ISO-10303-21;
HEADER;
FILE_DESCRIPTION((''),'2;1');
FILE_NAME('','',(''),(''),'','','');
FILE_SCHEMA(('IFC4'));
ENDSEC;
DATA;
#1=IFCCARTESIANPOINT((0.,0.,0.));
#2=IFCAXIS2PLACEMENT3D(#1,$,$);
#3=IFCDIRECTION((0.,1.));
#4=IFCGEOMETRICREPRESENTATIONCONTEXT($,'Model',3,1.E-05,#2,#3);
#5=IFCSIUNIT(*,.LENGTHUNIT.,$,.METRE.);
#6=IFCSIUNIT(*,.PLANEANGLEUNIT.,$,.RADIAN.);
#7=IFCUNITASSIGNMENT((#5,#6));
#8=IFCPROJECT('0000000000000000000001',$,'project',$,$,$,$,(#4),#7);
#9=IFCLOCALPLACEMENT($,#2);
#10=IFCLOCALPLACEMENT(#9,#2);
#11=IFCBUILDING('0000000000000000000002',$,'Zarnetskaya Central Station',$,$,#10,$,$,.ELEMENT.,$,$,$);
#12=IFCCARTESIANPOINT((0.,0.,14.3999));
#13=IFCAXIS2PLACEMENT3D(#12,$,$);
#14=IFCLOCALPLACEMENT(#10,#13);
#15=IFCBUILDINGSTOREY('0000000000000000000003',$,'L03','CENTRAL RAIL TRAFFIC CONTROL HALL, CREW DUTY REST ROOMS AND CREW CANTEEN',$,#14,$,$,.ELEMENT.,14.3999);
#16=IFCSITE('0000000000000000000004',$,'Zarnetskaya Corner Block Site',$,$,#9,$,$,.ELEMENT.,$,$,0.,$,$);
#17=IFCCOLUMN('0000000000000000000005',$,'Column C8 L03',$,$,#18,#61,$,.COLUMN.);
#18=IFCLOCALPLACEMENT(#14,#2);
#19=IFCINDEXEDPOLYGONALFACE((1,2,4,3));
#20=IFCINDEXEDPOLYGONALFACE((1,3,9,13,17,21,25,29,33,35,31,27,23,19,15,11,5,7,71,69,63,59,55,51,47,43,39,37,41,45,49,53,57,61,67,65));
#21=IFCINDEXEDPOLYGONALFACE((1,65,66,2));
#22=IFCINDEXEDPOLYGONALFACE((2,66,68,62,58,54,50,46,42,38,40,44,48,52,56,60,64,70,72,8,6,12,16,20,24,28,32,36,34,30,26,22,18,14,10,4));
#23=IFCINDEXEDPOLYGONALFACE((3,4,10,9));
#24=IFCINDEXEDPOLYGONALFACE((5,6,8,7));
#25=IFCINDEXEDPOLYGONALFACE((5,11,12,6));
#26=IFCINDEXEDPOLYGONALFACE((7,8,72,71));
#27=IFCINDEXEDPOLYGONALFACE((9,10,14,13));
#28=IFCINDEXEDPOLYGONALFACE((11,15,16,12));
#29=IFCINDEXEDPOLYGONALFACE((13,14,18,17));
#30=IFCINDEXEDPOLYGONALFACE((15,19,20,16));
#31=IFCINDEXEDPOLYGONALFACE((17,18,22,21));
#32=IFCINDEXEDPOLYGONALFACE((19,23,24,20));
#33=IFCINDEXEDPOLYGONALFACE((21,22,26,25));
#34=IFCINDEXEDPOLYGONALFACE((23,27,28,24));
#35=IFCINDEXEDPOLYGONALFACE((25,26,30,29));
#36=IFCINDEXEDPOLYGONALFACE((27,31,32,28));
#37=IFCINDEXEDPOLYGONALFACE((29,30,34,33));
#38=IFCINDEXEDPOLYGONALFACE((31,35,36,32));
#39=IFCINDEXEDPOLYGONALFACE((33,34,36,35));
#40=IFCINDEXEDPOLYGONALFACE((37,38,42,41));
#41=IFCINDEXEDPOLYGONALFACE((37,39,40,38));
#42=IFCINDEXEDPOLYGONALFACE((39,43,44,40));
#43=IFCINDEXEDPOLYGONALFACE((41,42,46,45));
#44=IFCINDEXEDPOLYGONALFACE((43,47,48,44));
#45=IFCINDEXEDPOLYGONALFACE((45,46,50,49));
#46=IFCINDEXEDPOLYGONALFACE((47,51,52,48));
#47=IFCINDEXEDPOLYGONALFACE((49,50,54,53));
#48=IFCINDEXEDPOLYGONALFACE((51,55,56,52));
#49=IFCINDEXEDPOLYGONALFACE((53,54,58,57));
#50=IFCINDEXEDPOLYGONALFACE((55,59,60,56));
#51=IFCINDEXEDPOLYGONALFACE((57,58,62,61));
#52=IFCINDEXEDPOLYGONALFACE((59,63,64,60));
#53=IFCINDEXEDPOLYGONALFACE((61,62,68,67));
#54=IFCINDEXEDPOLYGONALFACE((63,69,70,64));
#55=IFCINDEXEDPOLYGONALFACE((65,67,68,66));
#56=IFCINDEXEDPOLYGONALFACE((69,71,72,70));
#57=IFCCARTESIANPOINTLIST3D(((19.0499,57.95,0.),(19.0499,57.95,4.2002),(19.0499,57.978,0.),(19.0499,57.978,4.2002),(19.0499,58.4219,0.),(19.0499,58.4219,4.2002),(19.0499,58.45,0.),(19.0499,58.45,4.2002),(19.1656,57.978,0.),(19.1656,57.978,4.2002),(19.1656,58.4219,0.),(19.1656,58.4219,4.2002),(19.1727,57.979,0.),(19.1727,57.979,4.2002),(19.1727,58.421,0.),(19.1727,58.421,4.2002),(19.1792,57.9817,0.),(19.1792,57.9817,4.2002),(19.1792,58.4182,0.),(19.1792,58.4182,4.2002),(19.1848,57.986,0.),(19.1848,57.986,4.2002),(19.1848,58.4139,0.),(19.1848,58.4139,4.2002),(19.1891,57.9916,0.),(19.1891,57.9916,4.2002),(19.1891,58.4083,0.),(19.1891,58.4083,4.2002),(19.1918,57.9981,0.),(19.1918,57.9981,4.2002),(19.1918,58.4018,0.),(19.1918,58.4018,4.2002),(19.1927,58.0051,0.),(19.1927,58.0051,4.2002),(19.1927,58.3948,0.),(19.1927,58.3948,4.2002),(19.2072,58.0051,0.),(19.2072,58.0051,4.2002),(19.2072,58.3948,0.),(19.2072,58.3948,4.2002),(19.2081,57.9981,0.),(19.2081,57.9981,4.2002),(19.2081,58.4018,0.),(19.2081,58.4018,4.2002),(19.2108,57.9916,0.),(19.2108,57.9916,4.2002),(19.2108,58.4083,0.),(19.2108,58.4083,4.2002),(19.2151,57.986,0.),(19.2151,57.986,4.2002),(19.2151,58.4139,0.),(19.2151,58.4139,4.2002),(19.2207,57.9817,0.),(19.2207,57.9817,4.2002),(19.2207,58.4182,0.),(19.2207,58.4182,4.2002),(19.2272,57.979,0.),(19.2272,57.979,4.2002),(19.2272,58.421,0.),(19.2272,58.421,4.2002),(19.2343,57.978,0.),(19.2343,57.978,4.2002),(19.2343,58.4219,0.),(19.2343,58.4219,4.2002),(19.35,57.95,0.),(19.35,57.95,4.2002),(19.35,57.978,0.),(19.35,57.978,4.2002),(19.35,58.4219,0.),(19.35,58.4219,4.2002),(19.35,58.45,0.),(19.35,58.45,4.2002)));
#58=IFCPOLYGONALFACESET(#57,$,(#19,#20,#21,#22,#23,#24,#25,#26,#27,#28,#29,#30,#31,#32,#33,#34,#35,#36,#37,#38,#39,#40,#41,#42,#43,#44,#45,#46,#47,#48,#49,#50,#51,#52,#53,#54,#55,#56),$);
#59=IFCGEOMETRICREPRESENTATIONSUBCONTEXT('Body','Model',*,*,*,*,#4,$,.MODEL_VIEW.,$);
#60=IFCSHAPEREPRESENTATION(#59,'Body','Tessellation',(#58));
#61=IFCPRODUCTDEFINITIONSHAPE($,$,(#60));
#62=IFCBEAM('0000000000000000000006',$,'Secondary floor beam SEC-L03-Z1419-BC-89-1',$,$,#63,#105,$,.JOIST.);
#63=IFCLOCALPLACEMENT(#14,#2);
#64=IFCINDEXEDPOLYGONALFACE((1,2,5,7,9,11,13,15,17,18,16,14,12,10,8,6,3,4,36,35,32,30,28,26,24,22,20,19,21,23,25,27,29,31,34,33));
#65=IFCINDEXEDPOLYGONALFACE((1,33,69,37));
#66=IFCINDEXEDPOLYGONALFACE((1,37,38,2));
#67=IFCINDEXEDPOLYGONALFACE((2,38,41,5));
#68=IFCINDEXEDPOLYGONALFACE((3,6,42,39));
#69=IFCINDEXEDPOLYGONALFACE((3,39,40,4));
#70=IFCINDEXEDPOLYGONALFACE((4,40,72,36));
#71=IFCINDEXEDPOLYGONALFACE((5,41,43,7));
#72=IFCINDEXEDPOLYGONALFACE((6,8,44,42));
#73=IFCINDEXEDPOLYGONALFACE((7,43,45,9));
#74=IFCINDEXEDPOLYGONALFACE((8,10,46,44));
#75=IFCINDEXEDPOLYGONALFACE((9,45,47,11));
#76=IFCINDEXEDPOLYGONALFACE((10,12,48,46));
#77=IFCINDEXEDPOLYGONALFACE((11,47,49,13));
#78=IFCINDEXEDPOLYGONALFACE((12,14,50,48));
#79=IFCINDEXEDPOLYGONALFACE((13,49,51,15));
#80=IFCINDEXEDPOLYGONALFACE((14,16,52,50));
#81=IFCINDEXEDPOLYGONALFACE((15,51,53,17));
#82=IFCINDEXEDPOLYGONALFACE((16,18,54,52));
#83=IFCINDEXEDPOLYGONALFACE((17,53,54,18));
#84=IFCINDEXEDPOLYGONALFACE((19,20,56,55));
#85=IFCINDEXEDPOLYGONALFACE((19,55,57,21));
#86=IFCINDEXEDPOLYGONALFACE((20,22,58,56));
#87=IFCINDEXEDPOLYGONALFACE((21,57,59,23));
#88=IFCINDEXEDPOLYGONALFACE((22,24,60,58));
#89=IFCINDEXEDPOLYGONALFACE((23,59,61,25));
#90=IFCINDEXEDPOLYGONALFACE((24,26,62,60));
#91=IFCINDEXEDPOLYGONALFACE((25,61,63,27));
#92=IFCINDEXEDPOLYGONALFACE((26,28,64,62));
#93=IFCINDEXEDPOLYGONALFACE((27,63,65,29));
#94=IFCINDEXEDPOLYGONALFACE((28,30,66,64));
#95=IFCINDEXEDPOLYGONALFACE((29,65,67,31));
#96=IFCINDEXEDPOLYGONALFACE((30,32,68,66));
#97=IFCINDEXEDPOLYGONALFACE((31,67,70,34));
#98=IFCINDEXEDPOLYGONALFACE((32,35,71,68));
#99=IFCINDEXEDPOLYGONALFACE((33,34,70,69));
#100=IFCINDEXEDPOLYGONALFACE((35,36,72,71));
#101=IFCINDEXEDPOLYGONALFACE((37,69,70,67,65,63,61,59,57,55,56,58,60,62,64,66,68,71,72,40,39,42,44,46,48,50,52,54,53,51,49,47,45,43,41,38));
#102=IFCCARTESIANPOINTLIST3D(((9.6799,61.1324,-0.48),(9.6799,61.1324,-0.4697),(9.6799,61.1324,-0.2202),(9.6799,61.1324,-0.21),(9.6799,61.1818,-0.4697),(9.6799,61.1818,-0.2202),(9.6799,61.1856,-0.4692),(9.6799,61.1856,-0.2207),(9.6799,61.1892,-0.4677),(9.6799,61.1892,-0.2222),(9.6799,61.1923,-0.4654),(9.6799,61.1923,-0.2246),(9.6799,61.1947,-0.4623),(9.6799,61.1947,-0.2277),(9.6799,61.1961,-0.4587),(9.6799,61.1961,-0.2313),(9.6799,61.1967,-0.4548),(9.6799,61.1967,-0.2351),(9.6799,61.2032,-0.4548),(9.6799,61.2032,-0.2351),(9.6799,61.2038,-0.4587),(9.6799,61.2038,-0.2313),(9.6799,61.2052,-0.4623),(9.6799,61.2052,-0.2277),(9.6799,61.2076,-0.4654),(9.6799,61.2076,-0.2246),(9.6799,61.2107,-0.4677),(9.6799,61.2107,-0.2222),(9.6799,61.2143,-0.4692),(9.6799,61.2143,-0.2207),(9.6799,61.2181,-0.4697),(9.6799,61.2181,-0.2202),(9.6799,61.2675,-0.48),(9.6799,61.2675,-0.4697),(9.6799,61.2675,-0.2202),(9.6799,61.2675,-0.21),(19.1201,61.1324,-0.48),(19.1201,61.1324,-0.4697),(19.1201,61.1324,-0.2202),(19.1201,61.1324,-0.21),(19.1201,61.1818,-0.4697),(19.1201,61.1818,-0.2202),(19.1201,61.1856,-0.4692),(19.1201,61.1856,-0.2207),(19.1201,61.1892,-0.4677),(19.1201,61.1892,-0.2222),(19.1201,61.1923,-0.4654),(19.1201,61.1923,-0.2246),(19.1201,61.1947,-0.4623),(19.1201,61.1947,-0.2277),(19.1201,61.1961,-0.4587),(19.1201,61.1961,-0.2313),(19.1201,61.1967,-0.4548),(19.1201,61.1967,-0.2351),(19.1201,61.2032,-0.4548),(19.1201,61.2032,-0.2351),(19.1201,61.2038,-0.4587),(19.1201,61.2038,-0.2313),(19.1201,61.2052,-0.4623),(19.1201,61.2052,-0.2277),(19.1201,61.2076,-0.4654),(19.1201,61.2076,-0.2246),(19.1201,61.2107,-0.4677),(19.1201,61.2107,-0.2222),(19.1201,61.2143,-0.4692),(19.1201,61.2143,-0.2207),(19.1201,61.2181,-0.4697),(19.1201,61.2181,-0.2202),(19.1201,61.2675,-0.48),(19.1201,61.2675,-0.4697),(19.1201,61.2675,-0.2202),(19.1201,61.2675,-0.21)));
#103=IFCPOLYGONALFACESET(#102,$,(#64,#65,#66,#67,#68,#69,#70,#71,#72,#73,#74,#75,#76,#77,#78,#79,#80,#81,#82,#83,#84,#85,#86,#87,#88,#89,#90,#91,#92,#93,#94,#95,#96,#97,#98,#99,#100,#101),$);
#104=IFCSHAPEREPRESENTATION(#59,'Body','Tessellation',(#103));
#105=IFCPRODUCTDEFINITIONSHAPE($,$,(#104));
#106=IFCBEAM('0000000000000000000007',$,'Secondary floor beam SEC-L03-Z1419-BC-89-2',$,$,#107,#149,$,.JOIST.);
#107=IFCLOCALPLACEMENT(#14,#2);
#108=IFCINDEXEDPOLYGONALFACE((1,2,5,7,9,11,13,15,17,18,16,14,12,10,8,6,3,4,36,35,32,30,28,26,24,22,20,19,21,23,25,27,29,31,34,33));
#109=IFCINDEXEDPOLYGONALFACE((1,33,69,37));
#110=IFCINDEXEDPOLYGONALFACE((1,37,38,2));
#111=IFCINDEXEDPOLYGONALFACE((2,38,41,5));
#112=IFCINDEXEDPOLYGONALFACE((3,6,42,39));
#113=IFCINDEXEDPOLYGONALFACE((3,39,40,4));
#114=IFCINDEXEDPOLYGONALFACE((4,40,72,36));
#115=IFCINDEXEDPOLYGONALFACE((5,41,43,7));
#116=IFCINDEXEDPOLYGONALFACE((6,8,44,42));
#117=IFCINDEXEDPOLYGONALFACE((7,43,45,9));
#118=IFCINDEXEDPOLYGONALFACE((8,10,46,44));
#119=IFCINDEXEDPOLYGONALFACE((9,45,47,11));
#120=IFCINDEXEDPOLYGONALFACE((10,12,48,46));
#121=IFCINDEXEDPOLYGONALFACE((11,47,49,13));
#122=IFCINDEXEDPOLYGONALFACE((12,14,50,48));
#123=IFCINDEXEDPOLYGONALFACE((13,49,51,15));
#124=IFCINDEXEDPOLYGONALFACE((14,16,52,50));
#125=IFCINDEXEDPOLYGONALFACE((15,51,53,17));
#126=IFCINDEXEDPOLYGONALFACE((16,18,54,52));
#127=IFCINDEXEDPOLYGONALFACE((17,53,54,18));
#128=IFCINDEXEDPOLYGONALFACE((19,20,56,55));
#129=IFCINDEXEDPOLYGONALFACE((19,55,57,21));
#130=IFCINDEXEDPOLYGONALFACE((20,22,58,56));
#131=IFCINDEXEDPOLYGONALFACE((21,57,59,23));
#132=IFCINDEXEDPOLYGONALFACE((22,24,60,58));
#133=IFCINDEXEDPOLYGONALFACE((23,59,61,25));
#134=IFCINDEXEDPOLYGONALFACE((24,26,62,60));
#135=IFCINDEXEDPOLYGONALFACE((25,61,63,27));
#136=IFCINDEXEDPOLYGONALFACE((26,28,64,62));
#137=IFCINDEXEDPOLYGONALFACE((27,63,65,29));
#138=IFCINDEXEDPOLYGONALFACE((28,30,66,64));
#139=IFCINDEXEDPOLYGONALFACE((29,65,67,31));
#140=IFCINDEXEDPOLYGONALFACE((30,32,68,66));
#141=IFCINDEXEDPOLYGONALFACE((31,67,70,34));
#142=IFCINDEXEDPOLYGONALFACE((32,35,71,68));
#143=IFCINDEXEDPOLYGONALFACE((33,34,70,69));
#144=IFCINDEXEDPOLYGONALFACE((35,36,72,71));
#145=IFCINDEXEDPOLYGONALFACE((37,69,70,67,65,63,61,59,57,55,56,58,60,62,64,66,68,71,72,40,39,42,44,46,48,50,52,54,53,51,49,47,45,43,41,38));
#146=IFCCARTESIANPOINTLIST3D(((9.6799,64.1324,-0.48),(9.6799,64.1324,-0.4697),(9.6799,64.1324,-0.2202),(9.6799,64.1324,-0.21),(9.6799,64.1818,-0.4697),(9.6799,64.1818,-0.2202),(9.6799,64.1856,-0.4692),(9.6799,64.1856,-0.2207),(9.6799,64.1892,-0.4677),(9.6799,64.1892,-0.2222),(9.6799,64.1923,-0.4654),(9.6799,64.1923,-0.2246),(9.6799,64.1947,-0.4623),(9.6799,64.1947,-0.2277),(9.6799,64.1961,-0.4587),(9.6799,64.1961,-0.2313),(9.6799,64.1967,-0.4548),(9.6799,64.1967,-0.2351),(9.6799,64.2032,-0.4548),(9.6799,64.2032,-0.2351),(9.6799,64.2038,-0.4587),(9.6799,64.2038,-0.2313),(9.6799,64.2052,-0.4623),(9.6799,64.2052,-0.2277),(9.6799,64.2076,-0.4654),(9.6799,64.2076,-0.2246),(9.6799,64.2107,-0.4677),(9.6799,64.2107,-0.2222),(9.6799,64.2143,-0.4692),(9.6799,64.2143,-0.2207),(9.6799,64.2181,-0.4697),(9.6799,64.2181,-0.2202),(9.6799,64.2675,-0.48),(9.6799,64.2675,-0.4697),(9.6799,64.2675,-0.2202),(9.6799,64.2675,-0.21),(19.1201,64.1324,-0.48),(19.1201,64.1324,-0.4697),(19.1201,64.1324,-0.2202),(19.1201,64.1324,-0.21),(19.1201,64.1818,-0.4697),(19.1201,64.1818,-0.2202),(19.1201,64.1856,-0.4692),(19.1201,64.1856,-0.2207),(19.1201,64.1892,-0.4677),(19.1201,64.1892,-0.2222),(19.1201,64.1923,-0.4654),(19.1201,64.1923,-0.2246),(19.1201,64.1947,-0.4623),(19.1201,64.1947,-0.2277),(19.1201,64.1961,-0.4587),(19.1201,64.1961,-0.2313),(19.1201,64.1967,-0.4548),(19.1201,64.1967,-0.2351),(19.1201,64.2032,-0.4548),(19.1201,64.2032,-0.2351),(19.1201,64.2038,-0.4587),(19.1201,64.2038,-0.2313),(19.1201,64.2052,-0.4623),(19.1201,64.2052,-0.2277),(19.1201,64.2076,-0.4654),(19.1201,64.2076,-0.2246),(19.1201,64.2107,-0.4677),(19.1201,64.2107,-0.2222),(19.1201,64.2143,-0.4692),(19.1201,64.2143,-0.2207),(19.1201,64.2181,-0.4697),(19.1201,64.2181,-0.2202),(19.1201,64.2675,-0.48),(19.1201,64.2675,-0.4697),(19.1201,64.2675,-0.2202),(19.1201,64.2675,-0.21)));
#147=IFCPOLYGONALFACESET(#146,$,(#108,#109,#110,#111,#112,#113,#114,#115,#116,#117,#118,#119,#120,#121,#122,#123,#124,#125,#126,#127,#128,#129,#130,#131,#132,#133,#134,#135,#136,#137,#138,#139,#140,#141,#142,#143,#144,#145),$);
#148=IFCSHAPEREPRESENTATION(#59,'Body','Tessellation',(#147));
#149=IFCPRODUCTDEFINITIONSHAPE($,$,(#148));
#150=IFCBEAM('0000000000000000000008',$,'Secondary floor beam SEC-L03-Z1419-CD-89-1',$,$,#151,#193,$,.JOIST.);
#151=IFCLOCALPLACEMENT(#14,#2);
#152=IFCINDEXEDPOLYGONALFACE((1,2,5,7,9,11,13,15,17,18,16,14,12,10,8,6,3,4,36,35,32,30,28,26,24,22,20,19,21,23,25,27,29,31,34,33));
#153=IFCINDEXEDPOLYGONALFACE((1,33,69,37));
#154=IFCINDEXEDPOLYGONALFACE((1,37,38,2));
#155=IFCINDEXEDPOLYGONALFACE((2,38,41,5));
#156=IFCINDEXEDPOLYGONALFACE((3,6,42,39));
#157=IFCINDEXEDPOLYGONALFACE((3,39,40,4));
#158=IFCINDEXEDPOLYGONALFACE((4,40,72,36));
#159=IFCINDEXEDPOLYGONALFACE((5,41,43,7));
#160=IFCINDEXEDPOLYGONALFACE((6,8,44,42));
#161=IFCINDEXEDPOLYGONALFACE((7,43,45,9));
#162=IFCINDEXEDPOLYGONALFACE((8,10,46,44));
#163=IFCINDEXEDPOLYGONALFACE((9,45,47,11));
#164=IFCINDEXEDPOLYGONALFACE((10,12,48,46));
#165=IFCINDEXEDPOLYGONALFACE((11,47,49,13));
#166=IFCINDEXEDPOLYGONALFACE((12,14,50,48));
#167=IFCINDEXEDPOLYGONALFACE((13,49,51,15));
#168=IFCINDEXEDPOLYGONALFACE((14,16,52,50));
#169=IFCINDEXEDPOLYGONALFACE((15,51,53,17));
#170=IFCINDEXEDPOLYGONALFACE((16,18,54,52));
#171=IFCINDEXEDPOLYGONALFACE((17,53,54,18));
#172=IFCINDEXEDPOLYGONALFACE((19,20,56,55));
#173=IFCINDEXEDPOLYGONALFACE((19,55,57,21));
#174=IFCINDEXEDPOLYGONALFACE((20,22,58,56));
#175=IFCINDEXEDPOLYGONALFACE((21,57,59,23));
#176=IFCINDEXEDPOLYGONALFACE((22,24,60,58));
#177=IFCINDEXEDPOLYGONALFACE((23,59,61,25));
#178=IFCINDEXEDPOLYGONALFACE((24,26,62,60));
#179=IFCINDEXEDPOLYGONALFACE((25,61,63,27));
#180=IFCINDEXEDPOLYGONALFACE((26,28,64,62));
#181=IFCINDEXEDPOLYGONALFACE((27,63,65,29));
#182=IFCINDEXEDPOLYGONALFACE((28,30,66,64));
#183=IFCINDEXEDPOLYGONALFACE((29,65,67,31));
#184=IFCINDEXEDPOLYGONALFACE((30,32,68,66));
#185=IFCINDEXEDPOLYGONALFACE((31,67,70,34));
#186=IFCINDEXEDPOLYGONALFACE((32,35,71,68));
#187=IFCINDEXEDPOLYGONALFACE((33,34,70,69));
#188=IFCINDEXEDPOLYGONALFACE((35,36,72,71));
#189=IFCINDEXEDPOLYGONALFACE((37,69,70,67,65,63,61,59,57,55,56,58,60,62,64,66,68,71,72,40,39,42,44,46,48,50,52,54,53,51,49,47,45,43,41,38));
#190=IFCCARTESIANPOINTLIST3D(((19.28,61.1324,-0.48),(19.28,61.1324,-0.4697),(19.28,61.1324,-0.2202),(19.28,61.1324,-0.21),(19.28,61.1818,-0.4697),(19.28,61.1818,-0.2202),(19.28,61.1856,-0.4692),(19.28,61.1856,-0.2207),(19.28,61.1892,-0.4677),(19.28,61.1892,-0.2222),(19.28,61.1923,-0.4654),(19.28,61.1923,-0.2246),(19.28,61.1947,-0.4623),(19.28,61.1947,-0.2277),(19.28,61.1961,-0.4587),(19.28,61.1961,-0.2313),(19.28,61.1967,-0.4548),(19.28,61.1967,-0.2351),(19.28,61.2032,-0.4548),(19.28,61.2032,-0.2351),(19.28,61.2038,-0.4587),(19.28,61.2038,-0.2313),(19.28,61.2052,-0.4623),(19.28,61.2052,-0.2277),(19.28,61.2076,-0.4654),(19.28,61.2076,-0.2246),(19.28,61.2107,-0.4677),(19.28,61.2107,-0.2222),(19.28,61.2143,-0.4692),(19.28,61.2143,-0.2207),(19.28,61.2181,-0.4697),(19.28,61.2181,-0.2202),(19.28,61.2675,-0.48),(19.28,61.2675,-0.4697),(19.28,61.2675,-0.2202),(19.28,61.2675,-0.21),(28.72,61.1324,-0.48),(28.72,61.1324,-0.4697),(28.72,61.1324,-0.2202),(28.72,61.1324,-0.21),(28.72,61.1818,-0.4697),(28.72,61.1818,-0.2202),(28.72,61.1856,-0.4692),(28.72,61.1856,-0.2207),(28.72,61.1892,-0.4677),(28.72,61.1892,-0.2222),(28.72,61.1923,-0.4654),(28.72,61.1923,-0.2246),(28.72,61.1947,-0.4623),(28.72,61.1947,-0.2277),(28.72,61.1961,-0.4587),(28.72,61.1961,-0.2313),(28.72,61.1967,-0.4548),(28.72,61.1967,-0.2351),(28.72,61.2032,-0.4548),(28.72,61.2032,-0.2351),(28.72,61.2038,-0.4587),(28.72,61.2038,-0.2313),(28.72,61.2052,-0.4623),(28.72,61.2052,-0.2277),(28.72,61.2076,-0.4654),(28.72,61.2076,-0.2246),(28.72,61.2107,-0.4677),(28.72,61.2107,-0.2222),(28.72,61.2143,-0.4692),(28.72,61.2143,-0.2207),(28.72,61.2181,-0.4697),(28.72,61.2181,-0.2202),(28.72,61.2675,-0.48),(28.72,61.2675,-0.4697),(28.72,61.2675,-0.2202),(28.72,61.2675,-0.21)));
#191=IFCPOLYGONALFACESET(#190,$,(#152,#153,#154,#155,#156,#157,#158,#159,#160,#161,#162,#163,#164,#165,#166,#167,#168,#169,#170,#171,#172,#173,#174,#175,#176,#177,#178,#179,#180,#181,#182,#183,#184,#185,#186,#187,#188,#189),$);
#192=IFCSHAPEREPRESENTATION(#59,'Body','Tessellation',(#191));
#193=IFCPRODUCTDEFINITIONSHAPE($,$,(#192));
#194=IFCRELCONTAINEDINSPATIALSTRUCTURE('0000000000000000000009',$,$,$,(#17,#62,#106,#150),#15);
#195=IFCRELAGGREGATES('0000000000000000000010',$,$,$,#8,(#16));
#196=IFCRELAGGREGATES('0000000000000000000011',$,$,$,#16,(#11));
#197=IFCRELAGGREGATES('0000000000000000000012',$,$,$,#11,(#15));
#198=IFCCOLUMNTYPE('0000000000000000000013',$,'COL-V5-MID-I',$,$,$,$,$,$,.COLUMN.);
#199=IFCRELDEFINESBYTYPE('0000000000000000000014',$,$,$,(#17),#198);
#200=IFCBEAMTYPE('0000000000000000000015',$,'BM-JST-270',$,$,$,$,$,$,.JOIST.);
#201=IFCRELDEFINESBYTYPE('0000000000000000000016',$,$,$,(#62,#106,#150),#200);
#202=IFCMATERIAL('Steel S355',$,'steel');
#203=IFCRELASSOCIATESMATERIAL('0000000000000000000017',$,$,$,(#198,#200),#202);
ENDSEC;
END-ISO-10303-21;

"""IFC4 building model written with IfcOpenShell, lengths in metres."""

from ifc_helpers import new_model, si_unit, direction, frame, origin, origin_2d, place, context, subcontext, project, spatial, i_section, extrude, material, material_profile, profile_set, type_object, element, save


model = new_model("IFC4")

# Units and contexts
model_context = context("Model", 3, precision=1e-05, world=origin(), true_north=direction((0.0, 1.0)))
body_context = subcontext(model_context, "Body", "Model", "MODEL_VIEW")
ifc_project = project(units=[si_unit("LENGTHUNIT", "METRE"), si_unit("PLANEANGLEUNIT", "RADIAN")], contexts=[model_context])

# Site, building, storey
site_placement = place(None, origin())
site = spatial("IfcSite", under=ifc_project, at=site_placement, Name="Zarnetskaya Corner Block Site", CompositionType="ELEMENT", RefElevation=0.0)
building_placement = place(site_placement, origin())
building = spatial("IfcBuilding", under=site, at=building_placement, Name="Zarnetskaya Central Station", CompositionType="ELEMENT")
storey_placement = place(building_placement, frame((0.0, 0.0, 14.3999)))
storey = spatial("IfcBuildingStorey", under=building, at=storey_placement, Name="L03", Description="CENTRAL RAIL TRAFFIC CONTROL HALL, CREW DUTY REST ROOMS AND CREW CANTEEN", CompositionType="ELEMENT", Elevation=14.3999)

# Column
ifc_material_1 = material(Name="Steel S355", Category="steel")
ifc_material_profile_1 = material_profile(ifc_material_1, i_section(OverallWidth=0.3, OverallDepth=0.5, WebThickness=0.0144, FlangeThickness=0.0281, FilletRadius=0.0271, at=origin_2d()), Name="HEB 500")
ifc_profile_set_1 = profile_set([ifc_material_profile_1], Name="Steel S355")
column_type = type_object("IfcColumnType", Name="COL-V5-MID-I", PredefinedType="COLUMN", material=ifc_profile_set_1)
column_placement = place(storey_placement, frame((19.2, 58.2, 0.0), z_axis=(0.0, 0.0, 1.0), x_axis=(1.0, 0.0, 0.0)))
element("IfcColumn", 1, at=column_placement, inside=storey, type_object=column_type, Name="Column C8 L03", PredefinedType="COLUMN", context=body_context, shape_type="SweptSolid", body=[
    extrude(i_section(OverallWidth=0.3, OverallDepth=0.5, WebThickness=0.0144, FlangeThickness=0.0281, FilletRadius=0.0271, at=origin_2d()), origin(), (0.0, 0.0, 1.0), 4.2002),
])

# Beams
ifc_material_profile_2 = material_profile(ifc_material_1, i_section(OverallWidth=0.135, OverallDepth=0.27, WebThickness=0.0066, FlangeThickness=0.0103, FilletRadius=0.0149, at=origin_2d()), Name="IPE 270")
ifc_profile_set_2 = profile_set([ifc_material_profile_2], Name="Steel S355")
beam_type_1 = type_object("IfcBeamType", Name="BM-JST-270", PredefinedType="JOIST", material=ifc_profile_set_2)
for number, where, z_axis, x_axis, name in (
    (2, (9.6799, 61.2, -0.345), (1.0, 0.0, 0.0), (0.0, 1.0, 0.0), "Secondary floor beam SEC-L03-Z1419-BC-89-1"),
    (3, (9.6799, 64.2, -0.345), (1.0, 0.0, 0.0), (0.0, 1.0, 0.0), "Secondary floor beam SEC-L03-Z1419-BC-89-2"),
):
    element("IfcBeam", number, at=place(storey_placement, frame(where, z_axis=z_axis, x_axis=x_axis)), inside=storey, type_object=beam_type_1, Name=name, PredefinedType="JOIST", context=body_context, shape_type="SweptSolid", body=[
        extrude(i_section(OverallWidth=0.135, OverallDepth=0.27, WebThickness=0.0066, FlangeThickness=0.0103, FilletRadius=0.0149, at=origin_2d()), origin(), (0.0, 0.0, 1.0), 9.4402),
    ])
for number, where, z_axis, x_axis, name in (
    (4, (19.28, 61.2, -0.345), (1.0, 0.0, 0.0), (0.0, 1.0, 0.0), "Secondary floor beam SEC-L03-Z1419-CD-89-1"),
):
    element("IfcBeam", number, at=place(storey_placement, frame(where, z_axis=z_axis, x_axis=x_axis)), inside=storey, type_object=beam_type_1, Name=name, PredefinedType="JOIST", context=body_context, shape_type="SweptSolid", body=[
        extrude(i_section(OverallWidth=0.135, OverallDepth=0.27, WebThickness=0.0066, FlangeThickness=0.0103, FilletRadius=0.0149, at=origin_2d()), origin(), (0.0, 0.0, 1.0), 9.4399),
    ])

save(model, "model.ifc")
